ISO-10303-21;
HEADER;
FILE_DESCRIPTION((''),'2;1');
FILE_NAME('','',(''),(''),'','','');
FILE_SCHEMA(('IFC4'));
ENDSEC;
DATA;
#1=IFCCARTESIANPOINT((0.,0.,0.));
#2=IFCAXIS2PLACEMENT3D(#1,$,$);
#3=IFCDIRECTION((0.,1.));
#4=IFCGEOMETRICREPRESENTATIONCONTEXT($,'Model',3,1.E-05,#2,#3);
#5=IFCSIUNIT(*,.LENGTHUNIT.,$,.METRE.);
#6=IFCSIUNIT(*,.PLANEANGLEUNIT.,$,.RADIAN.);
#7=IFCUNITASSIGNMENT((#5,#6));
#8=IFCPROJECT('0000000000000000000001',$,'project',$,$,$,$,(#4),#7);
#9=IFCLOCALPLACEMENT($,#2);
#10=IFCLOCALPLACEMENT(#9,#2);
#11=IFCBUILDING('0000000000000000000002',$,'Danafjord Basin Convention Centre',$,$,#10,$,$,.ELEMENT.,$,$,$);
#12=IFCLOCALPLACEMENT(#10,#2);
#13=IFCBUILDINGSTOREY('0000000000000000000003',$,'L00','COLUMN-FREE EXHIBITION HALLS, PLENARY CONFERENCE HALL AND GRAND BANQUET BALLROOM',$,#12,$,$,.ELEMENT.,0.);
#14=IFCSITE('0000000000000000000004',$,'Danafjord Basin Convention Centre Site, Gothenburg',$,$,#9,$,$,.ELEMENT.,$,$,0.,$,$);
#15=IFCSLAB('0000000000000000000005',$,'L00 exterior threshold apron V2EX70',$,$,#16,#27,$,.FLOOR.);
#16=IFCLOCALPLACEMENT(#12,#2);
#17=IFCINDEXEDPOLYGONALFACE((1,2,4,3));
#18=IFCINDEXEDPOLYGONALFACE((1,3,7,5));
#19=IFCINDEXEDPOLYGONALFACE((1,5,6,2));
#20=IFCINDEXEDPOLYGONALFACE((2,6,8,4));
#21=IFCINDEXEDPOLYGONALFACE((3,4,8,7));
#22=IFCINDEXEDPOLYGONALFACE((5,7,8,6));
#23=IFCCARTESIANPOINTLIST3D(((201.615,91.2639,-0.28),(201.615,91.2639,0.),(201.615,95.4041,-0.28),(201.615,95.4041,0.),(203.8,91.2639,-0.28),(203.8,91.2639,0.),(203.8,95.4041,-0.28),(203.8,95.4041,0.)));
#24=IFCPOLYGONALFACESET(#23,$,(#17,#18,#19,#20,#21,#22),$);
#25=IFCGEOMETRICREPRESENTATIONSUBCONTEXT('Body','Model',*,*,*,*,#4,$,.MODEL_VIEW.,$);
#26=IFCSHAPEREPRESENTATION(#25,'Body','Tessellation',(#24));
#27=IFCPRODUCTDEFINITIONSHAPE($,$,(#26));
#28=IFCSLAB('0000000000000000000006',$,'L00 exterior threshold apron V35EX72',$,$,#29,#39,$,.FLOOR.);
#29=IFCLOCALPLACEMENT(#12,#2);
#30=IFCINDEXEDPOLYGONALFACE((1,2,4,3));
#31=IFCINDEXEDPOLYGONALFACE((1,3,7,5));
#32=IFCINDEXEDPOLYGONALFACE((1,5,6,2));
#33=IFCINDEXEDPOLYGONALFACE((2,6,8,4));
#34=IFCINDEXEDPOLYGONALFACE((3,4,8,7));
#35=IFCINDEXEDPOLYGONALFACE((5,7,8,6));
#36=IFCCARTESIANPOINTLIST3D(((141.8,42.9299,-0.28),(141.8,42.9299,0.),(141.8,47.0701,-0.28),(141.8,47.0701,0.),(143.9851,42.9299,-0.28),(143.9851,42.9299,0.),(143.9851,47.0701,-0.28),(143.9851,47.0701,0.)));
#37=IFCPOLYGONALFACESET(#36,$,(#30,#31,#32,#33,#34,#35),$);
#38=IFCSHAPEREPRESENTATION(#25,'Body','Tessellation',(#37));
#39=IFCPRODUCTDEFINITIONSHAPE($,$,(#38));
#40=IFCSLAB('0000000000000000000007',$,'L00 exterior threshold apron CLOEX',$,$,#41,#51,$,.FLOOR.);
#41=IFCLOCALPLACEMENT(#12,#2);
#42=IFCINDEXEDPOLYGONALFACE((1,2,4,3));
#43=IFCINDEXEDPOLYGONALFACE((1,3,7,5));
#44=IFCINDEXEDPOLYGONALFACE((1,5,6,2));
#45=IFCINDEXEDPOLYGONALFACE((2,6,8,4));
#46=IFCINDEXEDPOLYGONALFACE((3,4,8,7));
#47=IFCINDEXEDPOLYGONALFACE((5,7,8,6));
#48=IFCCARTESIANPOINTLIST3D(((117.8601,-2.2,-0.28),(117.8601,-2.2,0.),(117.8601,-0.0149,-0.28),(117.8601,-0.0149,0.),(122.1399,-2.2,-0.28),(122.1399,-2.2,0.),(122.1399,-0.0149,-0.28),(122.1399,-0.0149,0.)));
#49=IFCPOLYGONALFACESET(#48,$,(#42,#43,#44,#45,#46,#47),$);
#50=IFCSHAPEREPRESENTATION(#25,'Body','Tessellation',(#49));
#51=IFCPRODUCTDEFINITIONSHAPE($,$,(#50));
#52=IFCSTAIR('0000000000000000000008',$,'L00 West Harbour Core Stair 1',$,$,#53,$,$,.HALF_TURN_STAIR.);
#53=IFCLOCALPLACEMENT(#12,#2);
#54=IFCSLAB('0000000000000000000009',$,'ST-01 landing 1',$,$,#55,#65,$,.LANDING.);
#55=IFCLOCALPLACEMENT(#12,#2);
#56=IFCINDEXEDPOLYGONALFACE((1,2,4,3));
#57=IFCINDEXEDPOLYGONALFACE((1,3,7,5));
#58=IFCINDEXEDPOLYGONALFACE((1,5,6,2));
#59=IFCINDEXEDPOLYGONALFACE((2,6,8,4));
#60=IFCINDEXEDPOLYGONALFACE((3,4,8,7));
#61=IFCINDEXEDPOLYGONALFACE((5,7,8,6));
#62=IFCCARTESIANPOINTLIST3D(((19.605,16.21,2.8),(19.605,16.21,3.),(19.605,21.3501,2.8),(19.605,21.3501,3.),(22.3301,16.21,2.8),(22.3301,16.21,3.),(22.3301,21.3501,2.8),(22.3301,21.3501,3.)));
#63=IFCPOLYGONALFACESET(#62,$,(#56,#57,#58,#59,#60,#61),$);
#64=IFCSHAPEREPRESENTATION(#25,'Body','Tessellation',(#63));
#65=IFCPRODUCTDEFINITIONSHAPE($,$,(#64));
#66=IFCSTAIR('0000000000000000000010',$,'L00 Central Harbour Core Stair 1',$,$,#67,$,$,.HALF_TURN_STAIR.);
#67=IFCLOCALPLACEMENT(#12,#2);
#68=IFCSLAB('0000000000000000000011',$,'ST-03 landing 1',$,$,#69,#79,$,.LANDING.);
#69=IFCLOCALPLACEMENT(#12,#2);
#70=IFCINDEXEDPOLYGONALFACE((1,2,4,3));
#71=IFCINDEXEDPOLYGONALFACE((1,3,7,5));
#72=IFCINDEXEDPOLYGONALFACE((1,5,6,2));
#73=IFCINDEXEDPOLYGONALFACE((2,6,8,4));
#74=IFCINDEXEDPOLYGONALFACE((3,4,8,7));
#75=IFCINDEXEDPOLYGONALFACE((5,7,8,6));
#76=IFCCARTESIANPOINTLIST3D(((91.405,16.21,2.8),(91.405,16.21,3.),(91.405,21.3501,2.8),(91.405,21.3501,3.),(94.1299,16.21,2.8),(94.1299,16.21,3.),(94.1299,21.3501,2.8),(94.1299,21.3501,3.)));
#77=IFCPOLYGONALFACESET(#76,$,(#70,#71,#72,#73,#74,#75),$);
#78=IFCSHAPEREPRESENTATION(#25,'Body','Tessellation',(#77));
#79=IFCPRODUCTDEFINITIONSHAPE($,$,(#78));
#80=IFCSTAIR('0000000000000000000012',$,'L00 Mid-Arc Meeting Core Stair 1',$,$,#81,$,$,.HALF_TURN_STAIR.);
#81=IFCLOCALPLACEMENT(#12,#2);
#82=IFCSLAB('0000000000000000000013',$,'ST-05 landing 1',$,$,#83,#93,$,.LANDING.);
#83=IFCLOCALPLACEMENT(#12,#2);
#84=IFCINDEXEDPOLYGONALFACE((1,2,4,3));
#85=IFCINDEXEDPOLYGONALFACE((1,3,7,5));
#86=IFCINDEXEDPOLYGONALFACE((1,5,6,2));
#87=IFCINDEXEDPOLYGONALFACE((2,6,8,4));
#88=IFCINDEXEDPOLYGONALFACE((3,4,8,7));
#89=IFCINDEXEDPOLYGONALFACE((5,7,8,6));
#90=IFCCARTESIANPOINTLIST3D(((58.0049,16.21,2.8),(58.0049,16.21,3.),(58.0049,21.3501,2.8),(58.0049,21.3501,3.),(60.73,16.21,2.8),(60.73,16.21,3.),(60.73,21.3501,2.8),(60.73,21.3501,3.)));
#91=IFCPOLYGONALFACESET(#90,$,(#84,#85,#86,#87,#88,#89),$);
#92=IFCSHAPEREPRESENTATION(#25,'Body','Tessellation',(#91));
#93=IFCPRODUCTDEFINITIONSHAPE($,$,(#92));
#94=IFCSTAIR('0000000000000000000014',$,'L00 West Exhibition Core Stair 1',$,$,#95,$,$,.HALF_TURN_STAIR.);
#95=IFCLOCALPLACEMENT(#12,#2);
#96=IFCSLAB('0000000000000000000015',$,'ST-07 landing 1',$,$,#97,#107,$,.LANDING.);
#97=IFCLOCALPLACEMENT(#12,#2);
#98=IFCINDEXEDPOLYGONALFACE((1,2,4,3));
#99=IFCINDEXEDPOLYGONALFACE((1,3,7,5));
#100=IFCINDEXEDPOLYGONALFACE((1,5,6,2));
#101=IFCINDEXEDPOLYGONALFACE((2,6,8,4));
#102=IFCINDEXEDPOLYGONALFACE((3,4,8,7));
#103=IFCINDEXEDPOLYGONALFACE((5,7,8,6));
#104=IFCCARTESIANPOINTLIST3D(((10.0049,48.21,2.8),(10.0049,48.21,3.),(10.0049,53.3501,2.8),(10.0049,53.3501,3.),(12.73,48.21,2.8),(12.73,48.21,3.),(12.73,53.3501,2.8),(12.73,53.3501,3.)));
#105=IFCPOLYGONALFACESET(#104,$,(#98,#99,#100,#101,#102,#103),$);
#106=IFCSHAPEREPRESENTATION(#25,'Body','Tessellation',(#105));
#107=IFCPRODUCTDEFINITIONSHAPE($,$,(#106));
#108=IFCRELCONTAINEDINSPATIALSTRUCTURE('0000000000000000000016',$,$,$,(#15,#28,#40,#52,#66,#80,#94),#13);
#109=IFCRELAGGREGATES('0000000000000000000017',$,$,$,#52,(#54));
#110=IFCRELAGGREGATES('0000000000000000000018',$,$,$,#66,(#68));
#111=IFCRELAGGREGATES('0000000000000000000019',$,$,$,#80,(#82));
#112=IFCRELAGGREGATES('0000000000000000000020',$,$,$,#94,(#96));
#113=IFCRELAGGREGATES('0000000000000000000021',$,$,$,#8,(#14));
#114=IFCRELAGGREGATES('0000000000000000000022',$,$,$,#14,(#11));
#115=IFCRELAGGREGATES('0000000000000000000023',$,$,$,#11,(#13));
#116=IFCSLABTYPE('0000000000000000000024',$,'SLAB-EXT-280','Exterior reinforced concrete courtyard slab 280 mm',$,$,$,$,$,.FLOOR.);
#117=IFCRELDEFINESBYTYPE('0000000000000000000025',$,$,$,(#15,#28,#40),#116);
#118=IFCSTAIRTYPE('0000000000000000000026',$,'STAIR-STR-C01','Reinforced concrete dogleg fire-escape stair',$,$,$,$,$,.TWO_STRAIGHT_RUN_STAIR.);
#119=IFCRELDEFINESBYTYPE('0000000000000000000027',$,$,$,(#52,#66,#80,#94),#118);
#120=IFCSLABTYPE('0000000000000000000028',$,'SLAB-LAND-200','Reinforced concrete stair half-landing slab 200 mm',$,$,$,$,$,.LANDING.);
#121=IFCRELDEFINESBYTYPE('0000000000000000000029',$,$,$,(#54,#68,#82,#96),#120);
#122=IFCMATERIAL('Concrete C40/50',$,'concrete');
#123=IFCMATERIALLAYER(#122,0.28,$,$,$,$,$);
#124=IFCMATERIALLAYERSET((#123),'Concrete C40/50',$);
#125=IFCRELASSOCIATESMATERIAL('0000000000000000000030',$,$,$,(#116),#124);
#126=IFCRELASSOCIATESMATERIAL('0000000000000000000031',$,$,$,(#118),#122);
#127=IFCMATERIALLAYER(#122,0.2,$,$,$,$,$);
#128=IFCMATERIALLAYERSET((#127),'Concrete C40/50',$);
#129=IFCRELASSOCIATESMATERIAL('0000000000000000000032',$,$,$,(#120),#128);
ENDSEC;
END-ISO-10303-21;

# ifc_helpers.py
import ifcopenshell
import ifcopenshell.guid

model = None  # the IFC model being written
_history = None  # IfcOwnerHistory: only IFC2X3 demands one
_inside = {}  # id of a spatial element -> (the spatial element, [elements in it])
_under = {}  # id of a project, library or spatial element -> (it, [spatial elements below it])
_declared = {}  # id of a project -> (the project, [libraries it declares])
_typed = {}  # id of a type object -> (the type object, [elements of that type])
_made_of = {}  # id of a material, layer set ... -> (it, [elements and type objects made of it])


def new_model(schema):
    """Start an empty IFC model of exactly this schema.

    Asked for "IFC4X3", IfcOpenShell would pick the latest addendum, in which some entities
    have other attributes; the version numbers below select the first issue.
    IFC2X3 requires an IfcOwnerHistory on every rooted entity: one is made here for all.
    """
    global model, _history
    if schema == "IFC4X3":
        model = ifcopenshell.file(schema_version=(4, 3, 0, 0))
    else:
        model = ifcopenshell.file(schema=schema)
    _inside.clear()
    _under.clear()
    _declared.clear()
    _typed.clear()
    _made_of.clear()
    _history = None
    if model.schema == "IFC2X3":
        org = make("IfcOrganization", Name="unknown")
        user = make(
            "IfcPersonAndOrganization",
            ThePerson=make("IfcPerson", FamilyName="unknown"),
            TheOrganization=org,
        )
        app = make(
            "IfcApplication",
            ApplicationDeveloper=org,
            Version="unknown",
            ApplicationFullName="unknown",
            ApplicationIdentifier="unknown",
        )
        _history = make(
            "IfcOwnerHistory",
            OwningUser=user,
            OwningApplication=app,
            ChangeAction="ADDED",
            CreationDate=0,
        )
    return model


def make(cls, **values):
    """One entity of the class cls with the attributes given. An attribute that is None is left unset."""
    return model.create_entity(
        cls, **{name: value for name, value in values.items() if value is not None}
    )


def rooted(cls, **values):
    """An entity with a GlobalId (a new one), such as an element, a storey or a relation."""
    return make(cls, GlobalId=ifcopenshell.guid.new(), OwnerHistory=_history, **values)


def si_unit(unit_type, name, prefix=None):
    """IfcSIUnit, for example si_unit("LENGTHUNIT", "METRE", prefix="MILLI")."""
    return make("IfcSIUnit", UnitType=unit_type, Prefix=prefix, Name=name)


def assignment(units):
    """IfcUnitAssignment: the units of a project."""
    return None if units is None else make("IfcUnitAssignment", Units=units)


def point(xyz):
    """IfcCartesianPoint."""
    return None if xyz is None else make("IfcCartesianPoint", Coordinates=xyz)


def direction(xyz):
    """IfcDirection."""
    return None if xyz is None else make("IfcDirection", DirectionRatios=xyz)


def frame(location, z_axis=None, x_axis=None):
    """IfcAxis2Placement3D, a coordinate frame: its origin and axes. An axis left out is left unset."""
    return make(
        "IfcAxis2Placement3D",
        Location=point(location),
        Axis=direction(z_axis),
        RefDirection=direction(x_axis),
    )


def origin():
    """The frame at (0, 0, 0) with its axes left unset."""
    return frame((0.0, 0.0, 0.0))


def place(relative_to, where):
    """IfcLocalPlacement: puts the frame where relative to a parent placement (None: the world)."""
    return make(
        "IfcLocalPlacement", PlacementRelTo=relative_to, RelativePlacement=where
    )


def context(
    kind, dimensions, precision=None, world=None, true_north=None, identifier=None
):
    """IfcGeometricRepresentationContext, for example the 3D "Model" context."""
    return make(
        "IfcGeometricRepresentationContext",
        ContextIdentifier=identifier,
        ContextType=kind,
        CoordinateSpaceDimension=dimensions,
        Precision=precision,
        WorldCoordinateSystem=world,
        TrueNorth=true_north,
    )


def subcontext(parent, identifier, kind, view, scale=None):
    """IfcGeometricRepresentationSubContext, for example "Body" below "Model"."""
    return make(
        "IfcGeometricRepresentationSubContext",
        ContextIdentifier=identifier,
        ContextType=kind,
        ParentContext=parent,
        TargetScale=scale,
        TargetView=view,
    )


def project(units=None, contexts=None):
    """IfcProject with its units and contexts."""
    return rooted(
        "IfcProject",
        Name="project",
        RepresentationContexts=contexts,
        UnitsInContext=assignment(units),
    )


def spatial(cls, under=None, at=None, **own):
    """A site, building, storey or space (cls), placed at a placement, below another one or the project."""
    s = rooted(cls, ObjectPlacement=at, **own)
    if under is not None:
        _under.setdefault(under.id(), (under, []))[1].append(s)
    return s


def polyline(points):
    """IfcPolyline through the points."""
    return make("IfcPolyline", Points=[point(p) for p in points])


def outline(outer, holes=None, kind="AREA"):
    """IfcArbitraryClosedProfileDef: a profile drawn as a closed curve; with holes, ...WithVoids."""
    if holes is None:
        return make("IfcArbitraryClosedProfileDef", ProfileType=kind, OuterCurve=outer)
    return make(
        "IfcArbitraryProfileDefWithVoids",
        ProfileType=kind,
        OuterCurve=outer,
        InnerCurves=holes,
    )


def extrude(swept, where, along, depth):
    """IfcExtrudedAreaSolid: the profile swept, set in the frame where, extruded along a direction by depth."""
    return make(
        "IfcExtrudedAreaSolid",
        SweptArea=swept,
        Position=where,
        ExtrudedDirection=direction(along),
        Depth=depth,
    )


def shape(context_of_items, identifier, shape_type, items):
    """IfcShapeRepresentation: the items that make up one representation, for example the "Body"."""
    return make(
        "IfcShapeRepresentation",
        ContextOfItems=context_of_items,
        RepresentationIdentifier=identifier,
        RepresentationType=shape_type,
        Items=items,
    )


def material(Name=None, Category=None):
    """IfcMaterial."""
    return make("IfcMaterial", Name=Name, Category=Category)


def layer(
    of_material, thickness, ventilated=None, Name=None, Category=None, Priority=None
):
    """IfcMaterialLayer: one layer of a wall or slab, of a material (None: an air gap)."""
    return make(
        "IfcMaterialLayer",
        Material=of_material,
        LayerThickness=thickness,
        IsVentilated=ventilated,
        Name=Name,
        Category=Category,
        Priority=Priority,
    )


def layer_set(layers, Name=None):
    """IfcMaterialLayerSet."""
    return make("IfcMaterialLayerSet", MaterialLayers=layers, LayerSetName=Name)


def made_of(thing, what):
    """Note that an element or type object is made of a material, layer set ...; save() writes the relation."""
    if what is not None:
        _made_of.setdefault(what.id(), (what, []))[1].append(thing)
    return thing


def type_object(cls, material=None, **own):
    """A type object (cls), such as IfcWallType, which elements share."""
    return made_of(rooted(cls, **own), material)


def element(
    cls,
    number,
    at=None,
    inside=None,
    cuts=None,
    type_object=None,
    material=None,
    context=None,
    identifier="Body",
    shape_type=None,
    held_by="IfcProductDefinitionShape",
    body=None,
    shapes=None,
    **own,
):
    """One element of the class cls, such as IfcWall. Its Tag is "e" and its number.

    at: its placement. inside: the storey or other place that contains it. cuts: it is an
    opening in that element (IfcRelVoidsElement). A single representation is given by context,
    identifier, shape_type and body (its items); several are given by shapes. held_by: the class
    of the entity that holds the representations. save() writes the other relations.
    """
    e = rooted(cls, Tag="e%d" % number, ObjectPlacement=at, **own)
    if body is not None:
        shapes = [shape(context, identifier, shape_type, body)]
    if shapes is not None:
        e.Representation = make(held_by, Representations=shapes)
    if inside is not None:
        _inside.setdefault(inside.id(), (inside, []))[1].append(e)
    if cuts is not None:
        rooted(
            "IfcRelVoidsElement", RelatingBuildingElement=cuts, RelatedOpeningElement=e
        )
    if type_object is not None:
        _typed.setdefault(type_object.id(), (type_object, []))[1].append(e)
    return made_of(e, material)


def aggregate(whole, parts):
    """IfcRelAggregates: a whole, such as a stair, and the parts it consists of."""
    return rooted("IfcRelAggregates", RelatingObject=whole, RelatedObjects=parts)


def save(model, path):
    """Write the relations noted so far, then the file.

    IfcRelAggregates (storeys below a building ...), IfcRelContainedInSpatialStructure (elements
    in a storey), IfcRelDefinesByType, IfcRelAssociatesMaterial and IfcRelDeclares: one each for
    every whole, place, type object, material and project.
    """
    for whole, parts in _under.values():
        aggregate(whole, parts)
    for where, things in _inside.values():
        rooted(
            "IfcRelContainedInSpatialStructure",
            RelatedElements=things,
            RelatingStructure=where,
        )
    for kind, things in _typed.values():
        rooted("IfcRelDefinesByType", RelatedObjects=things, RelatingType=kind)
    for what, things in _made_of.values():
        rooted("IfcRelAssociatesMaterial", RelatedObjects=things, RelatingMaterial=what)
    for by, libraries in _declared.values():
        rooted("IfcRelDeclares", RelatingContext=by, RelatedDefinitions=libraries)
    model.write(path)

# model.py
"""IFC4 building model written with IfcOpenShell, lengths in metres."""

from ifc_helpers import new_model, si_unit, direction, frame, origin, place, context, subcontext, project, spatial, polyline, outline, extrude, material, layer, layer_set, type_object, element, aggregate, save


model = new_model("IFC4")

# Units and contexts
model_context = context("Model", 3, precision=1e-05, world=origin(), true_north=direction((0.0, 1.0)))
body_context = subcontext(model_context, "Body", "Model", "MODEL_VIEW")
ifc_project = project(units=[si_unit("LENGTHUNIT", "METRE"), si_unit("PLANEANGLEUNIT", "RADIAN")], contexts=[model_context])

# Site, building, storey
site_placement = place(None, origin())
site = spatial("IfcSite", under=ifc_project, at=site_placement, Name="Danafjord Basin Convention Centre Site, Gothenburg", CompositionType="ELEMENT", RefElevation=0.0)
building_placement = place(site_placement, origin())
building = spatial("IfcBuilding", under=site, at=building_placement, Name="Danafjord Basin Convention Centre", CompositionType="ELEMENT")
storey_placement = place(building_placement, origin())
storey = spatial("IfcBuildingStorey", under=building, at=storey_placement, Name="L00", Description="COLUMN-FREE EXHIBITION HALLS, PLENARY CONFERENCE HALL AND GRAND BANQUET BALLROOM", CompositionType="ELEMENT", Elevation=0.0)

# Slabs
ifc_material = material(Name="Concrete C40/50", Category="concrete")
ifc_layer_1 = layer(ifc_material, 0.28)
ifc_layer_set_1 = layer_set([ifc_layer_1], Name="Concrete C40/50")
slab_type_1 = type_object("IfcSlabType", Name="SLAB-EXT-280", Description="Exterior reinforced concrete courtyard slab 280 mm", PredefinedType="FLOOR", material=ifc_layer_set_1)
slab_1_placement = place(storey_placement, frame((0.0, 0.0, -0.28)))
element("IfcSlab", 1, at=slab_1_placement, inside=storey, type_object=slab_type_1, Name="L00 exterior threshold apron V2EX70", PredefinedType="FLOOR", context=body_context, shape_type="SweptSolid", body=[
    extrude(outline(polyline([(203.8, 95.4041), (203.8, 91.2639), (201.615, 91.2639), (201.615, 95.4041), (203.8, 95.4041)])), origin(), (0.0, 0.0, 1.0), 0.28),
])
slab_2_placement = place(storey_placement, frame((0.0, 0.0, -0.28)))
element("IfcSlab", 2, at=slab_2_placement, inside=storey, type_object=slab_type_1, Name="L00 exterior threshold apron V35EX72", PredefinedType="FLOOR", context=body_context, shape_type="SweptSolid", body=[
    extrude(outline(polyline([(141.8, 42.9299), (141.8, 47.0701), (143.9851, 47.0701), (143.9851, 42.9299), (141.8, 42.9299)])), origin(), (0.0, 0.0, 1.0), 0.28),
])
slab_3_placement = place(storey_placement, frame((0.0, 0.0, -0.28)))
element("IfcSlab", 3, at=slab_3_placement, inside=storey, type_object=slab_type_1, Name="L00 exterior threshold apron CLOEX", PredefinedType="FLOOR", context=body_context, shape_type="SweptSolid", body=[
    extrude(outline(polyline([(122.1399, -2.2), (117.8601, -2.2), (117.8601, -0.0149), (122.1399, -0.0149), (122.1399, -2.2)])), origin(), (0.0, 0.0, 1.0), 0.28),
])

# Stairs, slabs
stair_type = type_object("IfcStairType", Name="STAIR-STR-C01", Description="Reinforced concrete dogleg fire-escape stair", PredefinedType="TWO_STRAIGHT_RUN_STAIR", material=ifc_material)
stair_1_placement = place(storey_placement, origin())
stair_1 = element("IfcStair", 4, at=stair_1_placement, inside=storey, type_object=stair_type, Name="L00 West Harbour Core Stair 1", PredefinedType="HALF_TURN_STAIR")
ifc_layer_2 = layer(ifc_material, 0.2)
ifc_layer_set_2 = layer_set([ifc_layer_2], Name="Concrete C40/50")
slab_type_2 = type_object("IfcSlabType", Name="SLAB-LAND-200", Description="Reinforced concrete stair half-landing slab 200 mm", PredefinedType="LANDING", material=ifc_layer_set_2)
slab_4_placement = place(storey_placement, frame((0.0, 0.0, 2.8)))
slab_4 = element("IfcSlab", 5, at=slab_4_placement, type_object=slab_type_2, Name="ST-01 landing 1", PredefinedType="LANDING", context=body_context, shape_type="SweptSolid", body=[
    extrude(outline(polyline([(19.605, 16.21), (22.3301, 16.21), (22.3301, 21.3501), (19.605, 21.3501), (19.605, 16.21)])), origin(), (0.0, 0.0, 1.0), 0.2),
])
aggregate(stair_1, [slab_4])
stair_2_placement = place(storey_placement, origin())
stair_2 = element("IfcStair", 6, at=stair_2_placement, inside=storey, type_object=stair_type, Name="L00 Central Harbour Core Stair 1", PredefinedType="HALF_TURN_STAIR")
slab_5_placement = place(storey_placement, frame((0.0, 0.0, 2.8)))
slab_5 = element("IfcSlab", 7, at=slab_5_placement, type_object=slab_type_2, Name="ST-03 landing 1", PredefinedType="LANDING", context=body_context, shape_type="SweptSolid", body=[
    extrude(outline(polyline([(91.405, 16.21), (94.1299, 16.21), (94.1299, 21.3501), (91.405, 21.3501), (91.405, 16.21)])), origin(), (0.0, 0.0, 1.0), 0.2),
])
aggregate(stair_2, [slab_5])
stair_3_placement = place(storey_placement, origin())
stair_3 = element("IfcStair", 8, at=stair_3_placement, inside=storey, type_object=stair_type, Name="L00 Mid-Arc Meeting Core Stair 1", PredefinedType="HALF_TURN_STAIR")
slab_6_placement = place(storey_placement, frame((0.0, 0.0, 2.8)))
slab_6 = element("IfcSlab", 9, at=slab_6_placement, type_object=slab_type_2, Name="ST-05 landing 1", PredefinedType="LANDING", context=body_context, shape_type="SweptSolid", body=[
    extrude(outline(polyline([(58.0049, 16.21), (60.73, 16.21), (60.73, 21.3501), (58.0049, 21.3501), (58.0049, 16.21)])), origin(), (0.0, 0.0, 1.0), 0.2),
])
aggregate(stair_3, [slab_6])
stair_4_placement = place(storey_placement, origin())
stair_4 = element("IfcStair", 10, at=stair_4_placement, inside=storey, type_object=stair_type, Name="L00 West Exhibition Core Stair 1", PredefinedType="HALF_TURN_STAIR")
slab_7_placement = place(storey_placement, frame((0.0, 0.0, 2.8)))
slab_7 = element("IfcSlab", 11, at=slab_7_placement, type_object=slab_type_2, Name="ST-07 landing 1", PredefinedType="LANDING", context=body_context, shape_type="SweptSolid", body=[
    extrude(outline(polyline([(10.0049, 48.21), (12.73, 48.21), (12.73, 53.3501), (10.0049, 53.3501), (10.0049, 48.21)])), origin(), (0.0, 0.0, 1.0), 0.2),
])
aggregate(stair_4, [slab_7])

save(model, "model.ifc")
